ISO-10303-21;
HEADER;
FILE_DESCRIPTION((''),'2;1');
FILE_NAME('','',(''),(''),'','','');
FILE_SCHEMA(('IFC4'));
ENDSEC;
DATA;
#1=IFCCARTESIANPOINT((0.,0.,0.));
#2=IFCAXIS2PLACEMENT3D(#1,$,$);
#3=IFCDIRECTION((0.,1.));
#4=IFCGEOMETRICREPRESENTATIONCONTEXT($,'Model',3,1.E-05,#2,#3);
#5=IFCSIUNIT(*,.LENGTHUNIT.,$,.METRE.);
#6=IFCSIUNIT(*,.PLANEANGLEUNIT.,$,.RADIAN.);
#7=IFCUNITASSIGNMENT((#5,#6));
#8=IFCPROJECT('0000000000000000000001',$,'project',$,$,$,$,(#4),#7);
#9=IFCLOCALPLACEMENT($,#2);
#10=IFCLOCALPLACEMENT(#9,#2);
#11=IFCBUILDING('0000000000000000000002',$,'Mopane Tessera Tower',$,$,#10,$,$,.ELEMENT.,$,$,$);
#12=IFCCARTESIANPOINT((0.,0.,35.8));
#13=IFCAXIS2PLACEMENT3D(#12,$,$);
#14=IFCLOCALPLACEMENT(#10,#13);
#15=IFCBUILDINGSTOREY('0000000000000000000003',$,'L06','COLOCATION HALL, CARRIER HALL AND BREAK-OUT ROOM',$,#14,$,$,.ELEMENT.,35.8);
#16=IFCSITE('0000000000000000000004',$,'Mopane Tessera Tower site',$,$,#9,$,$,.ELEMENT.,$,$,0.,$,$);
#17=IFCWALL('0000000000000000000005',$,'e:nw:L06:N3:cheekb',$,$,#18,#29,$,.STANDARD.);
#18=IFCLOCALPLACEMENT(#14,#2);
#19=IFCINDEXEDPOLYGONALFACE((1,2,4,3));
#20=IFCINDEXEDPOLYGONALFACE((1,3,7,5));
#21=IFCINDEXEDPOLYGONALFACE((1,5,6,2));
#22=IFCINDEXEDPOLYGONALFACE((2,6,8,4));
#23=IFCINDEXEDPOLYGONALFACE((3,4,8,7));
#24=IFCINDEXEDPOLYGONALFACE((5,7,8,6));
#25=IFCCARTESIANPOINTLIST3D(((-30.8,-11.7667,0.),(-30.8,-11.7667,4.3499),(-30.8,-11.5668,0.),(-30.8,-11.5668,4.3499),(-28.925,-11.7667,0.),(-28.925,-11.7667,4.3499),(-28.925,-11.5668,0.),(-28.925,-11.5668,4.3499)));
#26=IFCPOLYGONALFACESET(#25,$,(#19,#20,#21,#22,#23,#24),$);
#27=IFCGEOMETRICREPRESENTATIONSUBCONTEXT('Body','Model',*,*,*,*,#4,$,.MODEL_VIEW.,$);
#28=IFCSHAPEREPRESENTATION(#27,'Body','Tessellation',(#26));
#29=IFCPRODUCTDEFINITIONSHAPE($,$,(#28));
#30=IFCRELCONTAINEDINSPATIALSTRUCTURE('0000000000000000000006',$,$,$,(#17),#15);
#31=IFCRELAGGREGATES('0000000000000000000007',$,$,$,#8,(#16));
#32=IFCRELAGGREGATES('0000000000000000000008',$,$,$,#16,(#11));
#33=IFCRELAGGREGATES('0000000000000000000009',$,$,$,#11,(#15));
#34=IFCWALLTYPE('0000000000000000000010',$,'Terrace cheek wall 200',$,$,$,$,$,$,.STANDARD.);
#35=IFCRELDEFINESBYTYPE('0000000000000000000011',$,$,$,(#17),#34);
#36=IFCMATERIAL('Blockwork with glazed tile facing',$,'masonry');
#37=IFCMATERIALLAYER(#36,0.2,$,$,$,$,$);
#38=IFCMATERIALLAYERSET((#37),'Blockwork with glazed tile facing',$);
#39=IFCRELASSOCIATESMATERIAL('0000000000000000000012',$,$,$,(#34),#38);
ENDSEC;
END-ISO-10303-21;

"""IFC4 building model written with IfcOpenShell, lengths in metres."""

from ifc_helpers import new_model, si_unit, direction, frame, frame_2d, origin, place, context, subcontext, project, spatial, rectangle, extrude, material, layer, layer_set, type_object, element, save


model = new_model("IFC4")

# Units and contexts
model_context = context("Model", 3, precision=1e-05, world=origin(), true_north=direction((0.0, 1.0)))
body_context = subcontext(model_context, "Body", "Model", "MODEL_VIEW")
ifc_project = project(units=[si_unit("LENGTHUNIT", "METRE"), si_unit("PLANEANGLEUNIT", "RADIAN")], contexts=[model_context])

# Site, building, storey
site_placement = place(None, origin())
site = spatial("IfcSite", under=ifc_project, at=site_placement, Name="Mopane Tessera Tower site", CompositionType="ELEMENT", RefElevation=0.0)
building_placement = place(site_placement, origin())
building = spatial("IfcBuilding", under=site, at=building_placement, Name="Mopane Tessera Tower", CompositionType="ELEMENT")
storey_placement = place(building_placement, frame((0.0, 0.0, 35.8)))
storey = spatial("IfcBuildingStorey", under=building, at=storey_placement, Name="L06", Description="COLOCATION HALL, CARRIER HALL AND BREAK-OUT ROOM", CompositionType="ELEMENT", Elevation=35.8)

# Wall
ifc_material_1 = material(Name="Blockwork with glazed tile facing", Category="masonry")
ifc_layer_1 = layer(ifc_material_1, 0.2)
ifc_layer_set_1 = layer_set([ifc_layer_1], Name="Blockwork with glazed tile facing")
wall_type_1 = type_object("IfcWallType", Name="Terrace cheek wall 200", PredefinedType="STANDARD", material=ifc_layer_set_1)
wall_1_placement = place(storey_placement, frame((-30.8, -11.6667, 0.0), z_axis=(0.0, 0.0, 1.0), x_axis=(1.0, 0.0, 0.0)))
element("IfcWall", 1, at=wall_1_placement, inside=storey, type_object=wall_type_1, Name="e:nw:L06:N3:cheekb", PredefinedType="STANDARD", context=body_context, shape_type="SweptSolid", body=[
    extrude(rectangle(XDim=1.875, YDim=0.2, at=frame_2d((0.9375, 0.0))), origin(), (0.0, 0.0, 1.0), 4.3499),
])

save(model, "model.ifc")
